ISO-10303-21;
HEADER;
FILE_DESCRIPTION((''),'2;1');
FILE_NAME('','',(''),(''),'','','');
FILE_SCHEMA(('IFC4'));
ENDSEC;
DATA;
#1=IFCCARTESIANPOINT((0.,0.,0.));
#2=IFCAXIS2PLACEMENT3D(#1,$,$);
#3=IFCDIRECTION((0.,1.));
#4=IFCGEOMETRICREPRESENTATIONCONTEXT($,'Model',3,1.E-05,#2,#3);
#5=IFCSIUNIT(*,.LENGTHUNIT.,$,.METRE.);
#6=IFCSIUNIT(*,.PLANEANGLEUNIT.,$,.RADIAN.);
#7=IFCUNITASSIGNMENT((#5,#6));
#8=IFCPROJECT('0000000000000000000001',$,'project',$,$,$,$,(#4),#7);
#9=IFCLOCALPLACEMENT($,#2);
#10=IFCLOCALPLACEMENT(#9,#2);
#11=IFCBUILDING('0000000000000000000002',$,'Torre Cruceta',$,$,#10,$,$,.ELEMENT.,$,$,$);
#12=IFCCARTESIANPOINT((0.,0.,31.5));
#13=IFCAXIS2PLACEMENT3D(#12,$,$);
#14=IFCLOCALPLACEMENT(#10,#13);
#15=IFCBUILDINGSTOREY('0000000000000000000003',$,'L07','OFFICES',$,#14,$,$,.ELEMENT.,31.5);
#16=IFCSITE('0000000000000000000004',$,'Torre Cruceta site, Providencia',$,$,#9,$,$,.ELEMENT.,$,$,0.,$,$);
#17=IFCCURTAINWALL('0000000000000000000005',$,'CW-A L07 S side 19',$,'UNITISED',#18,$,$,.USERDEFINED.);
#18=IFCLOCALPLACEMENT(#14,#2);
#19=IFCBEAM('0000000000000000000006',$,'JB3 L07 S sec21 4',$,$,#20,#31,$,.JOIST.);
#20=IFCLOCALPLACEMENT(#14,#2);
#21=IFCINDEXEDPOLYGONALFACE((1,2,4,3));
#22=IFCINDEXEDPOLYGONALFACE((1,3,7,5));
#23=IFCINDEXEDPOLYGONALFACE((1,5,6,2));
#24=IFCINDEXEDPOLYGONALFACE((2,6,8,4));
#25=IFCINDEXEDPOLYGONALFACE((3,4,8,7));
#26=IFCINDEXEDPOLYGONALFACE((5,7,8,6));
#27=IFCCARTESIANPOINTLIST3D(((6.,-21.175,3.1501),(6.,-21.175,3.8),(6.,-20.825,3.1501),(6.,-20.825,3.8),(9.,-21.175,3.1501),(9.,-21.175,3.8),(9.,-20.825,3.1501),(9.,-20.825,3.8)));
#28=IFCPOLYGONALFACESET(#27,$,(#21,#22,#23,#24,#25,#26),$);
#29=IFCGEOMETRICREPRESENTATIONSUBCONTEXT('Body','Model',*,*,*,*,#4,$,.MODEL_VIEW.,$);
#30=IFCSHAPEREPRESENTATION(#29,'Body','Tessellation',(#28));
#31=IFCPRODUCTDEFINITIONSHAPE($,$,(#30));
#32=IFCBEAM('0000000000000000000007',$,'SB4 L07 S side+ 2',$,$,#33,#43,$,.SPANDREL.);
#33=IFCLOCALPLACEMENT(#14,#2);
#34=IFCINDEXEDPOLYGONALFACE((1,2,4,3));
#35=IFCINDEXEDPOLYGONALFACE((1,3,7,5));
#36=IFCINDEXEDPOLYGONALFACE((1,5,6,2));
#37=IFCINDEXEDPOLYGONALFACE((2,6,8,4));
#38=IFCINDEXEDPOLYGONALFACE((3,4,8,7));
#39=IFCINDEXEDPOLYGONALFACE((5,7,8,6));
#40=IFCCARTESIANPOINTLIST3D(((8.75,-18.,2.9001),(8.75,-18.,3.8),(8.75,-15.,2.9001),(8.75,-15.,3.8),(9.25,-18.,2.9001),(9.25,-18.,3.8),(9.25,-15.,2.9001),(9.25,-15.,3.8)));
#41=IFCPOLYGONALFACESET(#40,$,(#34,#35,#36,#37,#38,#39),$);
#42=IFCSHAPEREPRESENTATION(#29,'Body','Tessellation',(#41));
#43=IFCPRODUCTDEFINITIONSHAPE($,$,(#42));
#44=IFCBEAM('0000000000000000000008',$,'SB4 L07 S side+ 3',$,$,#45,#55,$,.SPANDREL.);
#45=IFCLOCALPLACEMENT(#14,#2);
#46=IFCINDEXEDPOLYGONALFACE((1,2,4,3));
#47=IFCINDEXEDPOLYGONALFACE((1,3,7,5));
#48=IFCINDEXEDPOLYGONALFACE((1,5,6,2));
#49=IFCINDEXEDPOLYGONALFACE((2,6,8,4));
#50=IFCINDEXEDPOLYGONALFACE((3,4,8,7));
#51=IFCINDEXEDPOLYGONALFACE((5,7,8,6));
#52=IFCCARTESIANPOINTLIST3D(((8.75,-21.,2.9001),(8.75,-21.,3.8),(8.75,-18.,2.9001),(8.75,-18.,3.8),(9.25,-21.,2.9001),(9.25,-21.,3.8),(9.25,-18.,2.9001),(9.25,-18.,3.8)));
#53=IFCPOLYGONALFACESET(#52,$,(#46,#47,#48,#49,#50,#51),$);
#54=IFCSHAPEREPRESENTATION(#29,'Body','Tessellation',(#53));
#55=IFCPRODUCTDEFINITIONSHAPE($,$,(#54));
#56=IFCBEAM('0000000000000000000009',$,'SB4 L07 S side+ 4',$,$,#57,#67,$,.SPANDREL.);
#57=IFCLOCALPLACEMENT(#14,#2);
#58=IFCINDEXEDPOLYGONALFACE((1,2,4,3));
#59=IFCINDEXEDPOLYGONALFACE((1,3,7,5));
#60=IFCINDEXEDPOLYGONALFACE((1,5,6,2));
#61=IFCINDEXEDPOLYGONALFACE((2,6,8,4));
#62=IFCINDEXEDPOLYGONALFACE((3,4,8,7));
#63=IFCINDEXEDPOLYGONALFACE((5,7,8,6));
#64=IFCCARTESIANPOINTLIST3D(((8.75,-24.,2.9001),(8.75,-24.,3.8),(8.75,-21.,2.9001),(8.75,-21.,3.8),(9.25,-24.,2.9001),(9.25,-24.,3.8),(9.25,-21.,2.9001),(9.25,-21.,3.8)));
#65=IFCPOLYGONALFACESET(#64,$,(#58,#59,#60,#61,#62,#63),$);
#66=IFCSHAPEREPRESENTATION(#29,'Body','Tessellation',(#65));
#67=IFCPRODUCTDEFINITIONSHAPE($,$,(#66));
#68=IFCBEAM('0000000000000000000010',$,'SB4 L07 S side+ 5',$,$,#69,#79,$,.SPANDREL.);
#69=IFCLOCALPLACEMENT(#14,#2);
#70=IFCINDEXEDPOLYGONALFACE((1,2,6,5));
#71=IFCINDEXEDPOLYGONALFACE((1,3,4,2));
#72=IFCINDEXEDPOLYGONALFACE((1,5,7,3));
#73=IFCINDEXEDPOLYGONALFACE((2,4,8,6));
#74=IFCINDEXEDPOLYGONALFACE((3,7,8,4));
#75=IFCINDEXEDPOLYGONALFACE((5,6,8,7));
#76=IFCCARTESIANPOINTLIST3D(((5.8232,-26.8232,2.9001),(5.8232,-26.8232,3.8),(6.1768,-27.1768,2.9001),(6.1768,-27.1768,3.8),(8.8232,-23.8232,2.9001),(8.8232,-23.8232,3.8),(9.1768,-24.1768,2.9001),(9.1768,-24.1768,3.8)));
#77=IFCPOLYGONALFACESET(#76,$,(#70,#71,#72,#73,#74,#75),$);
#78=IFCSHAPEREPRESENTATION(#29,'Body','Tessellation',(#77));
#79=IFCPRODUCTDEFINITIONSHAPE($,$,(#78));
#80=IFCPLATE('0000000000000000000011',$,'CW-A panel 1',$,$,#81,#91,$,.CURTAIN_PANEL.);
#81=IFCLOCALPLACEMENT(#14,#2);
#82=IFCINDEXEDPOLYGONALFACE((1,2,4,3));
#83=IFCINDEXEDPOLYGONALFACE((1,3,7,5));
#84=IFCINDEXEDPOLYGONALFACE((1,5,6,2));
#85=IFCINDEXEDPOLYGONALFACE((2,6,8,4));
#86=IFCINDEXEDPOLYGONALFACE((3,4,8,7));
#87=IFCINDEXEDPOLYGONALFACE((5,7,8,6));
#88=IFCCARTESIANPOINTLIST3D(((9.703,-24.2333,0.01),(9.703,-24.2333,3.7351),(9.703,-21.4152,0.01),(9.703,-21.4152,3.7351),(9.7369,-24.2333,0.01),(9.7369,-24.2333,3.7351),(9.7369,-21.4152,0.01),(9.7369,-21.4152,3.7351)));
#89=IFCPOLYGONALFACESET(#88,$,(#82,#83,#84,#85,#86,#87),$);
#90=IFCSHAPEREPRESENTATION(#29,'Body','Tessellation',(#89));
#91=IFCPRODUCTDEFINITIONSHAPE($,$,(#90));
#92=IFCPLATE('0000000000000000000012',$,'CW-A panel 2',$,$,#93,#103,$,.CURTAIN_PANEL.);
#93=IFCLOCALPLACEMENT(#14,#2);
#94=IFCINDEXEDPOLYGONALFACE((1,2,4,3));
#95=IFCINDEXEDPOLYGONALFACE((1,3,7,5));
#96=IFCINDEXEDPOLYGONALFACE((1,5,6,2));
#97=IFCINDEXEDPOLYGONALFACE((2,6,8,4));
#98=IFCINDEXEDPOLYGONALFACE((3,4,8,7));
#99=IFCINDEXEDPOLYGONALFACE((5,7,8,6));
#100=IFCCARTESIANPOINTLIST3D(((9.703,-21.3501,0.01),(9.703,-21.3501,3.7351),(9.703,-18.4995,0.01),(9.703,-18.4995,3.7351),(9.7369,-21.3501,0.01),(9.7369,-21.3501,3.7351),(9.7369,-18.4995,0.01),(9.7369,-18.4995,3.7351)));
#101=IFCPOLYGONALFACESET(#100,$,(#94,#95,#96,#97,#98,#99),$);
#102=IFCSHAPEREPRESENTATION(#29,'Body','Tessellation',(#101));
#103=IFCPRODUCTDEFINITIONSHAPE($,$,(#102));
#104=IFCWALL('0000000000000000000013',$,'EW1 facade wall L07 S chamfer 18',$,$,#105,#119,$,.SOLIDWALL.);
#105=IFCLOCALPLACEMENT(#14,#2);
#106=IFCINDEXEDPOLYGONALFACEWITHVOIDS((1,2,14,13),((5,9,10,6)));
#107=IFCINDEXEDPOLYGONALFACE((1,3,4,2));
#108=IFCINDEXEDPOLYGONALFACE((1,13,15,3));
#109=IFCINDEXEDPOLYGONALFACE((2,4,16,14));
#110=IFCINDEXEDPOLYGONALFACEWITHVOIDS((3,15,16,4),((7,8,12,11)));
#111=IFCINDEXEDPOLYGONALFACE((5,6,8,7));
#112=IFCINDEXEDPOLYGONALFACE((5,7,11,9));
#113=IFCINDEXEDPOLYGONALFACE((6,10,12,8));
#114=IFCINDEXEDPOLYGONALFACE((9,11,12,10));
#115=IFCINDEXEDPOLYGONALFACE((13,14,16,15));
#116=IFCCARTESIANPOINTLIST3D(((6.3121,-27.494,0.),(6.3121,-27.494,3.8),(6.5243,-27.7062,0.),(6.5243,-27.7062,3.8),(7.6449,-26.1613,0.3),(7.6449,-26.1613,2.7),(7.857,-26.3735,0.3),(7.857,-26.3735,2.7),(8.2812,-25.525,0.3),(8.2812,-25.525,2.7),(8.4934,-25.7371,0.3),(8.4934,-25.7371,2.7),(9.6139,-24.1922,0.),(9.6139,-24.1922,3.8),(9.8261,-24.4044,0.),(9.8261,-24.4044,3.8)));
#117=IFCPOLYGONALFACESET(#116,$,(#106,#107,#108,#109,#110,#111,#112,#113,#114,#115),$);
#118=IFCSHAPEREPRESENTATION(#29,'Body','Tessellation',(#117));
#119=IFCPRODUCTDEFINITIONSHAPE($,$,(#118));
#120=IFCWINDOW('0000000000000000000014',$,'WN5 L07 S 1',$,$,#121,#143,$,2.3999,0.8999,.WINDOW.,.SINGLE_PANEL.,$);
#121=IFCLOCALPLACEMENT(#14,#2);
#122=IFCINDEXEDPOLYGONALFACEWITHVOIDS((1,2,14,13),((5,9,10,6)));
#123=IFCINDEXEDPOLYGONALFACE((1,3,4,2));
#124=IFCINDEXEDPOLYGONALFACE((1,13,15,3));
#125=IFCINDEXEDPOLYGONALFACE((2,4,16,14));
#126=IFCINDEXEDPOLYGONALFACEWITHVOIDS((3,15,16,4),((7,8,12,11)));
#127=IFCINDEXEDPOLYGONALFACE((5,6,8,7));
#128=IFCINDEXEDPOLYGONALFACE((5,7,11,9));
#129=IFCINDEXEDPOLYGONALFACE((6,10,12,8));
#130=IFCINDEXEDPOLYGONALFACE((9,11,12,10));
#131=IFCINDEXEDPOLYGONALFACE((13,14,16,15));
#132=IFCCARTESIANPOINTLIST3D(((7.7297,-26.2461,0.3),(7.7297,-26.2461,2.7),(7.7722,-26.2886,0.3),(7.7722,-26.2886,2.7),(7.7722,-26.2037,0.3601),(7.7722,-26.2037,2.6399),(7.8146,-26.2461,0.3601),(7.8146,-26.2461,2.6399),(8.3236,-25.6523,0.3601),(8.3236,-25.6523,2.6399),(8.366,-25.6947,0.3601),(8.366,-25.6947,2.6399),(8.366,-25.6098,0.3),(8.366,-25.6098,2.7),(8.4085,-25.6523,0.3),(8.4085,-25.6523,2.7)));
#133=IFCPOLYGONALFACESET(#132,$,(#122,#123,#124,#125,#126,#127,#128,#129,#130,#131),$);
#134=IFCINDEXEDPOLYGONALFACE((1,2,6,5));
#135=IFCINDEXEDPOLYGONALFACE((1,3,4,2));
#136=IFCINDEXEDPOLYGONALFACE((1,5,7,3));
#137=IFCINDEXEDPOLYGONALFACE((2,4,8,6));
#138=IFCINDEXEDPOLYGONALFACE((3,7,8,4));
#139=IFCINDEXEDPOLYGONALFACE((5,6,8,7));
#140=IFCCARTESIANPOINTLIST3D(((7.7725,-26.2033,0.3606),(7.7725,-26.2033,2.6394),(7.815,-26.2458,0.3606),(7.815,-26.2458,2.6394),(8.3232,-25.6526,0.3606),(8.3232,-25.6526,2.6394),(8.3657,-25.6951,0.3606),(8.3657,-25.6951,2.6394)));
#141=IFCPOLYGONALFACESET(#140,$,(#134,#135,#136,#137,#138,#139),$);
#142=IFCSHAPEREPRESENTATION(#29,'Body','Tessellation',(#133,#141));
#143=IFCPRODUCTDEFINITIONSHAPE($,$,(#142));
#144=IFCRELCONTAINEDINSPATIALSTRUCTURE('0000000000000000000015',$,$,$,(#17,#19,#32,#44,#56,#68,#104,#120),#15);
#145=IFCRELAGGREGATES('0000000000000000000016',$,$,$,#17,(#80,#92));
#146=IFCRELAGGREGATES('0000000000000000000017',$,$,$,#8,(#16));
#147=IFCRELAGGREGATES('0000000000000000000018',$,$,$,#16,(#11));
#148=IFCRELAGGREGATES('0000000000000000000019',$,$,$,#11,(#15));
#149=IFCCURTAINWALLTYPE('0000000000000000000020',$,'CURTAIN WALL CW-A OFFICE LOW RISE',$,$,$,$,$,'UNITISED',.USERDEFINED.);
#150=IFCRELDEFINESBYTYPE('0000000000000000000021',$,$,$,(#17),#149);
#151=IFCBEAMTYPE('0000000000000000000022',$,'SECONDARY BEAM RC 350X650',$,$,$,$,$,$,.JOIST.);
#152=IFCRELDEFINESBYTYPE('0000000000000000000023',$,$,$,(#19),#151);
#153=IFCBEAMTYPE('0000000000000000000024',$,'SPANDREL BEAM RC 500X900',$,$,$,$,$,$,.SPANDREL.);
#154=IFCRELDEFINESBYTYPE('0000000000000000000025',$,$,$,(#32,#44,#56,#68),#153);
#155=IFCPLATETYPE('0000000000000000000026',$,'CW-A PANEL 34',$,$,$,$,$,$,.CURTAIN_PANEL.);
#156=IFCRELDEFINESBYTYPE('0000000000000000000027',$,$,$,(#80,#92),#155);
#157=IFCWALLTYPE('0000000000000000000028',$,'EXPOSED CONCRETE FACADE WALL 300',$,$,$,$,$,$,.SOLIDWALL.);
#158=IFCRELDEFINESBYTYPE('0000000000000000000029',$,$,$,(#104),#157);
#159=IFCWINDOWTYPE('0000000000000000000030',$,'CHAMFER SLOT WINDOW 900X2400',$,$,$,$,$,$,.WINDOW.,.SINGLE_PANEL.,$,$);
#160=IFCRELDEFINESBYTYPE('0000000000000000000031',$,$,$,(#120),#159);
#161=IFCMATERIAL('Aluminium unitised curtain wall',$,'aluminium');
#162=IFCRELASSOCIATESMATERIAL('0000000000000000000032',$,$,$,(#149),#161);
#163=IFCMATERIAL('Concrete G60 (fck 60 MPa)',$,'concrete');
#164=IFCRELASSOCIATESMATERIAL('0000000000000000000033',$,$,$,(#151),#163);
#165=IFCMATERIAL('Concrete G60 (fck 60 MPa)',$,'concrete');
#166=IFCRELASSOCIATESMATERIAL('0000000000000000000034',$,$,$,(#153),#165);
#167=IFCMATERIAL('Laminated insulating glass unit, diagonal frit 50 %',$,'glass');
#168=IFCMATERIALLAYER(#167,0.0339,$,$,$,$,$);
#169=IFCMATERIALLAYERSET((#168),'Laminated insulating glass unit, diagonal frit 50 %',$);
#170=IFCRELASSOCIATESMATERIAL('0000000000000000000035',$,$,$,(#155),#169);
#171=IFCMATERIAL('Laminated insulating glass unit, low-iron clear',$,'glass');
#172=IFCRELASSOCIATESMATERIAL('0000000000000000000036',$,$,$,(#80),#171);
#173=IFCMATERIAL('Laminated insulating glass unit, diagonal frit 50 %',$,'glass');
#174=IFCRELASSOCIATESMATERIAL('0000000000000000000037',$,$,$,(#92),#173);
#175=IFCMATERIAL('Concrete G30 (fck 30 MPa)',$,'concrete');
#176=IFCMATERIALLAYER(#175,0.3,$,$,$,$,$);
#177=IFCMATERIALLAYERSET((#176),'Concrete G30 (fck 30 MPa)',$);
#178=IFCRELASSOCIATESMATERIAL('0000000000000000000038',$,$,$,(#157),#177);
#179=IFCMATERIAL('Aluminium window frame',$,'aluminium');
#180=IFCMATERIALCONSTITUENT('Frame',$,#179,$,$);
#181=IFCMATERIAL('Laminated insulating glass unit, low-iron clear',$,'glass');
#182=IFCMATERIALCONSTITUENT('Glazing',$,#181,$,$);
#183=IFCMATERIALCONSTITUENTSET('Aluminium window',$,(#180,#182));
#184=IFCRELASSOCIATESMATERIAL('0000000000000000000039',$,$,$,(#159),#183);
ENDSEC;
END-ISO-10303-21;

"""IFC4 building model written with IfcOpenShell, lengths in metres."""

from ifc_helpers import new_model, si_unit, direction, frame, frame_2d, origin, origin_2d, place, context, subcontext, project, spatial, rectangle, hollow_rectangle, extrude, material, layer, layer_set, constituent, constituent_set, material_profile, profile_set, type_object, element, fill, aggregate, save


model = new_model("IFC4")

# Units and contexts
model_context = context("Model", 3, precision=1e-05, world=origin(), true_north=direction((0.0, 1.0)))
body_context = subcontext(model_context, "Body", "Model", "MODEL_VIEW")
ifc_project = project(units=[si_unit("LENGTHUNIT", "METRE"), si_unit("PLANEANGLEUNIT", "RADIAN")], contexts=[model_context])

# Site, building, storey
site_placement = place(None, origin())
site = spatial("IfcSite", under=ifc_project, at=site_placement, Name="Torre Cruceta site, Providencia", CompositionType="ELEMENT", RefElevation=0.0)
building_placement = place(site_placement, origin())
building = spatial("IfcBuilding", under=site, at=building_placement, Name="Torre Cruceta", CompositionType="ELEMENT")
storey_placement = place(building_placement, frame((0.0, 0.0, 31.5)))
storey = spatial("IfcBuildingStorey", under=building, at=storey_placement, Name="L07", Description="OFFICES", CompositionType="ELEMENT", Elevation=31.5)

# Curtain wall
ifc_material_1 = material(Name="Aluminium unitised curtain wall", Category="aluminium")
curtain_wall_type = type_object("IfcCurtainWallType", Name="CURTAIN WALL CW-A OFFICE LOW RISE", ElementType="UNITISED", PredefinedType="USERDEFINED", material=ifc_material_1)
curtain_wall_placement = place(storey_placement, origin())
curtain_wall = element("IfcCurtainWall", 1, at=curtain_wall_placement, inside=storey, type_object=curtain_wall_type, Name="CW-A L07 S side 19", ObjectType="UNITISED", PredefinedType="USERDEFINED")

# Beams
ifc_material_2 = material(Name="Concrete G60 (fck 60 MPa)", Category="concrete")
ifc_material_profile_1 = material_profile(ifc_material_2, rectangle(XDim=0.3501, YDim=0.6499, at=origin_2d()), Name="RC 350X650")
ifc_profile_set_1 = profile_set([ifc_material_profile_1], Name="Concrete G60 (fck 60 MPa)")
beam_type_1 = type_object("IfcBeamType", Name="SECONDARY BEAM RC 350X650", PredefinedType="JOIST", material=ifc_profile_set_1)
beam_1_placement = place(storey_placement, frame((6.0, -21.0, 3.4751), z_axis=(1.0, 0.0, 0.0), x_axis=(0.0, 1.0, 0.0)))
element("IfcBeam", 2, at=beam_1_placement, inside=storey, type_object=beam_type_1, Name="JB3 L07 S sec21 4", PredefinedType="JOIST", context=body_context, shape_type="SweptSolid", body=[
    extrude(rectangle(XDim=0.3501, YDim=0.6499, at=origin_2d()), origin(), (0.0, 0.0, 1.0), 3.0),
])
ifc_material_3 = material(Name="Concrete G60 (fck 60 MPa)", Category="concrete")
ifc_material_profile_2 = material_profile(ifc_material_3, rectangle(XDim=0.5, YDim=0.8999, at=origin_2d()), Name="RC 500X900")
ifc_profile_set_2 = profile_set([ifc_material_profile_2], Name="Concrete G60 (fck 60 MPa)")
beam_type_2 = type_object("IfcBeamType", Name="SPANDREL BEAM RC 500X900", PredefinedType="SPANDREL", material=ifc_profile_set_2)
for number, where, z_axis, x_axis, name in (
    (3, (9.0, -15.0, 3.3501), (0.0, -1.0, 0.0), (1.0, 0.0, 0.0), "SB4 L07 S side+ 2"),
    (4, (9.0, -18.0, 3.3501), (0.0, -1.0, 0.0), (1.0, 0.0, 0.0), "SB4 L07 S side+ 3"),
    (5, (9.0, -21.0, 3.3501), (0.0, -1.0, 0.0), (1.0, 0.0, 0.0), "SB4 L07 S side+ 4"),
):
    element("IfcBeam", number, at=place(storey_placement, frame(where, z_axis=z_axis, x_axis=x_axis)), inside=storey, type_object=beam_type_2, Name=name, PredefinedType="SPANDREL", context=body_context, shape_type="SweptSolid", body=[
        extrude(rectangle(XDim=0.5, YDim=0.8999, at=origin_2d()), origin(), (0.0, 0.0, 1.0), 3.0),
    ])
beam_2_placement = place(storey_placement, frame((9.0, -24.0, 3.3501), z_axis=(-0.707107, -0.707107, 0.0), x_axis=(0.707107, -0.707107, 0.0)))
element("IfcBeam", 6, at=beam_2_placement, inside=storey, type_object=beam_type_2, Name="SB4 L07 S side+ 5", PredefinedType="SPANDREL", context=body_context, shape_type="SweptSolid", body=[
    extrude(rectangle(XDim=0.5, YDim=0.8999, at=origin_2d()), origin(), (0.0, 0.0, 1.0), 4.2427),
])

# Plates
ifc_material_4 = material(Name="Laminated insulating glass unit, low-iron clear", Category="glass")
ifc_material_5 = material(Name="Laminated insulating glass unit, diagonal frit 50 %", Category="glass")
ifc_layer_1 = layer(ifc_material_5, 0.0339)
ifc_layer_set_1 = layer_set([ifc_layer_1], Name="Laminated insulating glass unit, diagonal frit 50 %")
plate_type = type_object("IfcPlateType", Name="CW-A PANEL 34", PredefinedType="CURTAIN_PANEL", material=ifc_layer_set_1)
plate_1_placement = place(storey_placement, frame((9.72, -22.8242, 0.01), z_axis=(0.0, 0.0, 1.0), x_axis=(0.0, 1.0, 0.0)))
plate_1 = element("IfcPlate", 7, at=plate_1_placement, type_object=plate_type, material=ifc_material_4, Name="CW-A panel 1", PredefinedType="CURTAIN_PANEL", context=body_context, shape_type="SweptSolid", body=[
    extrude(rectangle(XDim=2.8181, YDim=0.0339, at=origin_2d()), origin(), (0.0, 0.0, 1.0), 3.7251),
])
ifc_material_6 = material(Name="Laminated insulating glass unit, diagonal frit 50 %", Category="glass")
plate_2_placement = place(storey_placement, frame((9.72, -19.9248, 0.01), z_axis=(0.0, 0.0, 1.0), x_axis=(0.0, 1.0, 0.0)))
plate_2 = element("IfcPlate", 8, at=plate_2_placement, type_object=plate_type, material=ifc_material_6, Name="CW-A panel 2", PredefinedType="CURTAIN_PANEL", context=body_context, shape_type="SweptSolid", body=[
    extrude(rectangle(XDim=2.8506, YDim=0.0339, at=origin_2d()), origin(), (0.0, 0.0, 1.0), 3.7251),
])
aggregate(curtain_wall, [plate_1, plate_2])

# Wall, opening, window
ifc_material_7 = material(Name="Concrete G30 (fck 30 MPa)", Category="concrete")
ifc_layer_2 = layer(ifc_material_7, 0.3)
ifc_layer_set_2 = layer_set([ifc_layer_2], Name="Concrete G30 (fck 30 MPa)")
wall_type_1 = type_object("IfcWallType", Name="EXPOSED CONCRETE FACADE WALL 300", PredefinedType="SOLIDWALL", material=ifc_layer_set_2)
wall_1_placement = place(storey_placement, frame((6.4182, -27.6001, 0.0), z_axis=(0.0, 0.0, 1.0), x_axis=(0.707107, 0.707107, 0.0)))
wall_1 = element("IfcWall", 9, at=wall_1_placement, inside=storey, type_object=wall_type_1, Name="EW1 facade wall L07 S chamfer 18", PredefinedType="SOLIDWALL", context=body_context, shape_type="SweptSolid", body=[
    extrude(rectangle(XDim=4.6694, YDim=0.3, at=frame_2d((2.3347, 0.0))), origin(), (0.0, 0.0, 1.0), 3.8),
])
opening_1_placement = place(wall_1_placement, frame((1.8848, 0.0, 0.3)))
opening_1 = element("IfcOpeningElement", 10, at=opening_1_placement, cuts=wall_1, PredefinedType="OPENING", context=body_context, shape_type="SweptSolid", body=[
    extrude(rectangle(XDim=0.8999, YDim=2.3999, at=frame_2d((0.45, 1.2))), frame((0.0, 0.1599, 0.0), z_axis=(0.0, -1.0, 0.0), x_axis=(1.0, 0.0, 0.0)), (0.0, 0.0, 1.0), 0.3201),
])
ifc_material_8 = material(Name="Aluminium window frame", Category="aluminium")
ifc_constituent_1 = constituent(ifc_material_8, Name="Frame")
ifc_material_9 = material(Name="Laminated insulating glass unit, low-iron clear", Category="glass")
ifc_constituent_2 = constituent(ifc_material_9, Name="Glazing")
ifc_constituent_set_1 = constituent_set(constituents=[ifc_constituent_1, ifc_constituent_2], Name="Aluminium window")
window_type = type_object("IfcWindowType", Name="CHAMFER SLOT WINDOW 900X2400", PartitioningType="SINGLE_PANEL", PredefinedType="WINDOW", material=ifc_constituent_set_1)
window_placement = place(opening_1_placement, origin())
window = element("IfcWindow", 11, at=window_placement, inside=storey, type_object=window_type, Name="WN5 L07 S 1", OverallHeight=2.3999, OverallWidth=0.8999, PartitioningType="SINGLE_PANEL", PredefinedType="WINDOW", context=body_context, shape_type="SweptSolid", body=[
    extrude(hollow_rectangle(XDim=0.8999, YDim=2.3999, WallThickness=0.0601, at=frame_2d((0.45, 1.2))), frame((0.0, 0.03, 0.0), z_axis=(0.0, -1.0, 0.0), x_axis=(1.0, 0.0, 0.0)), (0.0, 0.0, 1.0), 0.0601),
    extrude(rectangle(XDim=0.7788, YDim=2.2788, at=frame_2d((0.45, 1.2))), frame((0.0, 0.03, 0.0), z_axis=(0.0, -1.0, 0.0), x_axis=(1.0, 0.0, 0.0)), (0.0, 0.0, 1.0), 0.0601),
])
fill(opening_1, window)

save(model, "model.ifc")
